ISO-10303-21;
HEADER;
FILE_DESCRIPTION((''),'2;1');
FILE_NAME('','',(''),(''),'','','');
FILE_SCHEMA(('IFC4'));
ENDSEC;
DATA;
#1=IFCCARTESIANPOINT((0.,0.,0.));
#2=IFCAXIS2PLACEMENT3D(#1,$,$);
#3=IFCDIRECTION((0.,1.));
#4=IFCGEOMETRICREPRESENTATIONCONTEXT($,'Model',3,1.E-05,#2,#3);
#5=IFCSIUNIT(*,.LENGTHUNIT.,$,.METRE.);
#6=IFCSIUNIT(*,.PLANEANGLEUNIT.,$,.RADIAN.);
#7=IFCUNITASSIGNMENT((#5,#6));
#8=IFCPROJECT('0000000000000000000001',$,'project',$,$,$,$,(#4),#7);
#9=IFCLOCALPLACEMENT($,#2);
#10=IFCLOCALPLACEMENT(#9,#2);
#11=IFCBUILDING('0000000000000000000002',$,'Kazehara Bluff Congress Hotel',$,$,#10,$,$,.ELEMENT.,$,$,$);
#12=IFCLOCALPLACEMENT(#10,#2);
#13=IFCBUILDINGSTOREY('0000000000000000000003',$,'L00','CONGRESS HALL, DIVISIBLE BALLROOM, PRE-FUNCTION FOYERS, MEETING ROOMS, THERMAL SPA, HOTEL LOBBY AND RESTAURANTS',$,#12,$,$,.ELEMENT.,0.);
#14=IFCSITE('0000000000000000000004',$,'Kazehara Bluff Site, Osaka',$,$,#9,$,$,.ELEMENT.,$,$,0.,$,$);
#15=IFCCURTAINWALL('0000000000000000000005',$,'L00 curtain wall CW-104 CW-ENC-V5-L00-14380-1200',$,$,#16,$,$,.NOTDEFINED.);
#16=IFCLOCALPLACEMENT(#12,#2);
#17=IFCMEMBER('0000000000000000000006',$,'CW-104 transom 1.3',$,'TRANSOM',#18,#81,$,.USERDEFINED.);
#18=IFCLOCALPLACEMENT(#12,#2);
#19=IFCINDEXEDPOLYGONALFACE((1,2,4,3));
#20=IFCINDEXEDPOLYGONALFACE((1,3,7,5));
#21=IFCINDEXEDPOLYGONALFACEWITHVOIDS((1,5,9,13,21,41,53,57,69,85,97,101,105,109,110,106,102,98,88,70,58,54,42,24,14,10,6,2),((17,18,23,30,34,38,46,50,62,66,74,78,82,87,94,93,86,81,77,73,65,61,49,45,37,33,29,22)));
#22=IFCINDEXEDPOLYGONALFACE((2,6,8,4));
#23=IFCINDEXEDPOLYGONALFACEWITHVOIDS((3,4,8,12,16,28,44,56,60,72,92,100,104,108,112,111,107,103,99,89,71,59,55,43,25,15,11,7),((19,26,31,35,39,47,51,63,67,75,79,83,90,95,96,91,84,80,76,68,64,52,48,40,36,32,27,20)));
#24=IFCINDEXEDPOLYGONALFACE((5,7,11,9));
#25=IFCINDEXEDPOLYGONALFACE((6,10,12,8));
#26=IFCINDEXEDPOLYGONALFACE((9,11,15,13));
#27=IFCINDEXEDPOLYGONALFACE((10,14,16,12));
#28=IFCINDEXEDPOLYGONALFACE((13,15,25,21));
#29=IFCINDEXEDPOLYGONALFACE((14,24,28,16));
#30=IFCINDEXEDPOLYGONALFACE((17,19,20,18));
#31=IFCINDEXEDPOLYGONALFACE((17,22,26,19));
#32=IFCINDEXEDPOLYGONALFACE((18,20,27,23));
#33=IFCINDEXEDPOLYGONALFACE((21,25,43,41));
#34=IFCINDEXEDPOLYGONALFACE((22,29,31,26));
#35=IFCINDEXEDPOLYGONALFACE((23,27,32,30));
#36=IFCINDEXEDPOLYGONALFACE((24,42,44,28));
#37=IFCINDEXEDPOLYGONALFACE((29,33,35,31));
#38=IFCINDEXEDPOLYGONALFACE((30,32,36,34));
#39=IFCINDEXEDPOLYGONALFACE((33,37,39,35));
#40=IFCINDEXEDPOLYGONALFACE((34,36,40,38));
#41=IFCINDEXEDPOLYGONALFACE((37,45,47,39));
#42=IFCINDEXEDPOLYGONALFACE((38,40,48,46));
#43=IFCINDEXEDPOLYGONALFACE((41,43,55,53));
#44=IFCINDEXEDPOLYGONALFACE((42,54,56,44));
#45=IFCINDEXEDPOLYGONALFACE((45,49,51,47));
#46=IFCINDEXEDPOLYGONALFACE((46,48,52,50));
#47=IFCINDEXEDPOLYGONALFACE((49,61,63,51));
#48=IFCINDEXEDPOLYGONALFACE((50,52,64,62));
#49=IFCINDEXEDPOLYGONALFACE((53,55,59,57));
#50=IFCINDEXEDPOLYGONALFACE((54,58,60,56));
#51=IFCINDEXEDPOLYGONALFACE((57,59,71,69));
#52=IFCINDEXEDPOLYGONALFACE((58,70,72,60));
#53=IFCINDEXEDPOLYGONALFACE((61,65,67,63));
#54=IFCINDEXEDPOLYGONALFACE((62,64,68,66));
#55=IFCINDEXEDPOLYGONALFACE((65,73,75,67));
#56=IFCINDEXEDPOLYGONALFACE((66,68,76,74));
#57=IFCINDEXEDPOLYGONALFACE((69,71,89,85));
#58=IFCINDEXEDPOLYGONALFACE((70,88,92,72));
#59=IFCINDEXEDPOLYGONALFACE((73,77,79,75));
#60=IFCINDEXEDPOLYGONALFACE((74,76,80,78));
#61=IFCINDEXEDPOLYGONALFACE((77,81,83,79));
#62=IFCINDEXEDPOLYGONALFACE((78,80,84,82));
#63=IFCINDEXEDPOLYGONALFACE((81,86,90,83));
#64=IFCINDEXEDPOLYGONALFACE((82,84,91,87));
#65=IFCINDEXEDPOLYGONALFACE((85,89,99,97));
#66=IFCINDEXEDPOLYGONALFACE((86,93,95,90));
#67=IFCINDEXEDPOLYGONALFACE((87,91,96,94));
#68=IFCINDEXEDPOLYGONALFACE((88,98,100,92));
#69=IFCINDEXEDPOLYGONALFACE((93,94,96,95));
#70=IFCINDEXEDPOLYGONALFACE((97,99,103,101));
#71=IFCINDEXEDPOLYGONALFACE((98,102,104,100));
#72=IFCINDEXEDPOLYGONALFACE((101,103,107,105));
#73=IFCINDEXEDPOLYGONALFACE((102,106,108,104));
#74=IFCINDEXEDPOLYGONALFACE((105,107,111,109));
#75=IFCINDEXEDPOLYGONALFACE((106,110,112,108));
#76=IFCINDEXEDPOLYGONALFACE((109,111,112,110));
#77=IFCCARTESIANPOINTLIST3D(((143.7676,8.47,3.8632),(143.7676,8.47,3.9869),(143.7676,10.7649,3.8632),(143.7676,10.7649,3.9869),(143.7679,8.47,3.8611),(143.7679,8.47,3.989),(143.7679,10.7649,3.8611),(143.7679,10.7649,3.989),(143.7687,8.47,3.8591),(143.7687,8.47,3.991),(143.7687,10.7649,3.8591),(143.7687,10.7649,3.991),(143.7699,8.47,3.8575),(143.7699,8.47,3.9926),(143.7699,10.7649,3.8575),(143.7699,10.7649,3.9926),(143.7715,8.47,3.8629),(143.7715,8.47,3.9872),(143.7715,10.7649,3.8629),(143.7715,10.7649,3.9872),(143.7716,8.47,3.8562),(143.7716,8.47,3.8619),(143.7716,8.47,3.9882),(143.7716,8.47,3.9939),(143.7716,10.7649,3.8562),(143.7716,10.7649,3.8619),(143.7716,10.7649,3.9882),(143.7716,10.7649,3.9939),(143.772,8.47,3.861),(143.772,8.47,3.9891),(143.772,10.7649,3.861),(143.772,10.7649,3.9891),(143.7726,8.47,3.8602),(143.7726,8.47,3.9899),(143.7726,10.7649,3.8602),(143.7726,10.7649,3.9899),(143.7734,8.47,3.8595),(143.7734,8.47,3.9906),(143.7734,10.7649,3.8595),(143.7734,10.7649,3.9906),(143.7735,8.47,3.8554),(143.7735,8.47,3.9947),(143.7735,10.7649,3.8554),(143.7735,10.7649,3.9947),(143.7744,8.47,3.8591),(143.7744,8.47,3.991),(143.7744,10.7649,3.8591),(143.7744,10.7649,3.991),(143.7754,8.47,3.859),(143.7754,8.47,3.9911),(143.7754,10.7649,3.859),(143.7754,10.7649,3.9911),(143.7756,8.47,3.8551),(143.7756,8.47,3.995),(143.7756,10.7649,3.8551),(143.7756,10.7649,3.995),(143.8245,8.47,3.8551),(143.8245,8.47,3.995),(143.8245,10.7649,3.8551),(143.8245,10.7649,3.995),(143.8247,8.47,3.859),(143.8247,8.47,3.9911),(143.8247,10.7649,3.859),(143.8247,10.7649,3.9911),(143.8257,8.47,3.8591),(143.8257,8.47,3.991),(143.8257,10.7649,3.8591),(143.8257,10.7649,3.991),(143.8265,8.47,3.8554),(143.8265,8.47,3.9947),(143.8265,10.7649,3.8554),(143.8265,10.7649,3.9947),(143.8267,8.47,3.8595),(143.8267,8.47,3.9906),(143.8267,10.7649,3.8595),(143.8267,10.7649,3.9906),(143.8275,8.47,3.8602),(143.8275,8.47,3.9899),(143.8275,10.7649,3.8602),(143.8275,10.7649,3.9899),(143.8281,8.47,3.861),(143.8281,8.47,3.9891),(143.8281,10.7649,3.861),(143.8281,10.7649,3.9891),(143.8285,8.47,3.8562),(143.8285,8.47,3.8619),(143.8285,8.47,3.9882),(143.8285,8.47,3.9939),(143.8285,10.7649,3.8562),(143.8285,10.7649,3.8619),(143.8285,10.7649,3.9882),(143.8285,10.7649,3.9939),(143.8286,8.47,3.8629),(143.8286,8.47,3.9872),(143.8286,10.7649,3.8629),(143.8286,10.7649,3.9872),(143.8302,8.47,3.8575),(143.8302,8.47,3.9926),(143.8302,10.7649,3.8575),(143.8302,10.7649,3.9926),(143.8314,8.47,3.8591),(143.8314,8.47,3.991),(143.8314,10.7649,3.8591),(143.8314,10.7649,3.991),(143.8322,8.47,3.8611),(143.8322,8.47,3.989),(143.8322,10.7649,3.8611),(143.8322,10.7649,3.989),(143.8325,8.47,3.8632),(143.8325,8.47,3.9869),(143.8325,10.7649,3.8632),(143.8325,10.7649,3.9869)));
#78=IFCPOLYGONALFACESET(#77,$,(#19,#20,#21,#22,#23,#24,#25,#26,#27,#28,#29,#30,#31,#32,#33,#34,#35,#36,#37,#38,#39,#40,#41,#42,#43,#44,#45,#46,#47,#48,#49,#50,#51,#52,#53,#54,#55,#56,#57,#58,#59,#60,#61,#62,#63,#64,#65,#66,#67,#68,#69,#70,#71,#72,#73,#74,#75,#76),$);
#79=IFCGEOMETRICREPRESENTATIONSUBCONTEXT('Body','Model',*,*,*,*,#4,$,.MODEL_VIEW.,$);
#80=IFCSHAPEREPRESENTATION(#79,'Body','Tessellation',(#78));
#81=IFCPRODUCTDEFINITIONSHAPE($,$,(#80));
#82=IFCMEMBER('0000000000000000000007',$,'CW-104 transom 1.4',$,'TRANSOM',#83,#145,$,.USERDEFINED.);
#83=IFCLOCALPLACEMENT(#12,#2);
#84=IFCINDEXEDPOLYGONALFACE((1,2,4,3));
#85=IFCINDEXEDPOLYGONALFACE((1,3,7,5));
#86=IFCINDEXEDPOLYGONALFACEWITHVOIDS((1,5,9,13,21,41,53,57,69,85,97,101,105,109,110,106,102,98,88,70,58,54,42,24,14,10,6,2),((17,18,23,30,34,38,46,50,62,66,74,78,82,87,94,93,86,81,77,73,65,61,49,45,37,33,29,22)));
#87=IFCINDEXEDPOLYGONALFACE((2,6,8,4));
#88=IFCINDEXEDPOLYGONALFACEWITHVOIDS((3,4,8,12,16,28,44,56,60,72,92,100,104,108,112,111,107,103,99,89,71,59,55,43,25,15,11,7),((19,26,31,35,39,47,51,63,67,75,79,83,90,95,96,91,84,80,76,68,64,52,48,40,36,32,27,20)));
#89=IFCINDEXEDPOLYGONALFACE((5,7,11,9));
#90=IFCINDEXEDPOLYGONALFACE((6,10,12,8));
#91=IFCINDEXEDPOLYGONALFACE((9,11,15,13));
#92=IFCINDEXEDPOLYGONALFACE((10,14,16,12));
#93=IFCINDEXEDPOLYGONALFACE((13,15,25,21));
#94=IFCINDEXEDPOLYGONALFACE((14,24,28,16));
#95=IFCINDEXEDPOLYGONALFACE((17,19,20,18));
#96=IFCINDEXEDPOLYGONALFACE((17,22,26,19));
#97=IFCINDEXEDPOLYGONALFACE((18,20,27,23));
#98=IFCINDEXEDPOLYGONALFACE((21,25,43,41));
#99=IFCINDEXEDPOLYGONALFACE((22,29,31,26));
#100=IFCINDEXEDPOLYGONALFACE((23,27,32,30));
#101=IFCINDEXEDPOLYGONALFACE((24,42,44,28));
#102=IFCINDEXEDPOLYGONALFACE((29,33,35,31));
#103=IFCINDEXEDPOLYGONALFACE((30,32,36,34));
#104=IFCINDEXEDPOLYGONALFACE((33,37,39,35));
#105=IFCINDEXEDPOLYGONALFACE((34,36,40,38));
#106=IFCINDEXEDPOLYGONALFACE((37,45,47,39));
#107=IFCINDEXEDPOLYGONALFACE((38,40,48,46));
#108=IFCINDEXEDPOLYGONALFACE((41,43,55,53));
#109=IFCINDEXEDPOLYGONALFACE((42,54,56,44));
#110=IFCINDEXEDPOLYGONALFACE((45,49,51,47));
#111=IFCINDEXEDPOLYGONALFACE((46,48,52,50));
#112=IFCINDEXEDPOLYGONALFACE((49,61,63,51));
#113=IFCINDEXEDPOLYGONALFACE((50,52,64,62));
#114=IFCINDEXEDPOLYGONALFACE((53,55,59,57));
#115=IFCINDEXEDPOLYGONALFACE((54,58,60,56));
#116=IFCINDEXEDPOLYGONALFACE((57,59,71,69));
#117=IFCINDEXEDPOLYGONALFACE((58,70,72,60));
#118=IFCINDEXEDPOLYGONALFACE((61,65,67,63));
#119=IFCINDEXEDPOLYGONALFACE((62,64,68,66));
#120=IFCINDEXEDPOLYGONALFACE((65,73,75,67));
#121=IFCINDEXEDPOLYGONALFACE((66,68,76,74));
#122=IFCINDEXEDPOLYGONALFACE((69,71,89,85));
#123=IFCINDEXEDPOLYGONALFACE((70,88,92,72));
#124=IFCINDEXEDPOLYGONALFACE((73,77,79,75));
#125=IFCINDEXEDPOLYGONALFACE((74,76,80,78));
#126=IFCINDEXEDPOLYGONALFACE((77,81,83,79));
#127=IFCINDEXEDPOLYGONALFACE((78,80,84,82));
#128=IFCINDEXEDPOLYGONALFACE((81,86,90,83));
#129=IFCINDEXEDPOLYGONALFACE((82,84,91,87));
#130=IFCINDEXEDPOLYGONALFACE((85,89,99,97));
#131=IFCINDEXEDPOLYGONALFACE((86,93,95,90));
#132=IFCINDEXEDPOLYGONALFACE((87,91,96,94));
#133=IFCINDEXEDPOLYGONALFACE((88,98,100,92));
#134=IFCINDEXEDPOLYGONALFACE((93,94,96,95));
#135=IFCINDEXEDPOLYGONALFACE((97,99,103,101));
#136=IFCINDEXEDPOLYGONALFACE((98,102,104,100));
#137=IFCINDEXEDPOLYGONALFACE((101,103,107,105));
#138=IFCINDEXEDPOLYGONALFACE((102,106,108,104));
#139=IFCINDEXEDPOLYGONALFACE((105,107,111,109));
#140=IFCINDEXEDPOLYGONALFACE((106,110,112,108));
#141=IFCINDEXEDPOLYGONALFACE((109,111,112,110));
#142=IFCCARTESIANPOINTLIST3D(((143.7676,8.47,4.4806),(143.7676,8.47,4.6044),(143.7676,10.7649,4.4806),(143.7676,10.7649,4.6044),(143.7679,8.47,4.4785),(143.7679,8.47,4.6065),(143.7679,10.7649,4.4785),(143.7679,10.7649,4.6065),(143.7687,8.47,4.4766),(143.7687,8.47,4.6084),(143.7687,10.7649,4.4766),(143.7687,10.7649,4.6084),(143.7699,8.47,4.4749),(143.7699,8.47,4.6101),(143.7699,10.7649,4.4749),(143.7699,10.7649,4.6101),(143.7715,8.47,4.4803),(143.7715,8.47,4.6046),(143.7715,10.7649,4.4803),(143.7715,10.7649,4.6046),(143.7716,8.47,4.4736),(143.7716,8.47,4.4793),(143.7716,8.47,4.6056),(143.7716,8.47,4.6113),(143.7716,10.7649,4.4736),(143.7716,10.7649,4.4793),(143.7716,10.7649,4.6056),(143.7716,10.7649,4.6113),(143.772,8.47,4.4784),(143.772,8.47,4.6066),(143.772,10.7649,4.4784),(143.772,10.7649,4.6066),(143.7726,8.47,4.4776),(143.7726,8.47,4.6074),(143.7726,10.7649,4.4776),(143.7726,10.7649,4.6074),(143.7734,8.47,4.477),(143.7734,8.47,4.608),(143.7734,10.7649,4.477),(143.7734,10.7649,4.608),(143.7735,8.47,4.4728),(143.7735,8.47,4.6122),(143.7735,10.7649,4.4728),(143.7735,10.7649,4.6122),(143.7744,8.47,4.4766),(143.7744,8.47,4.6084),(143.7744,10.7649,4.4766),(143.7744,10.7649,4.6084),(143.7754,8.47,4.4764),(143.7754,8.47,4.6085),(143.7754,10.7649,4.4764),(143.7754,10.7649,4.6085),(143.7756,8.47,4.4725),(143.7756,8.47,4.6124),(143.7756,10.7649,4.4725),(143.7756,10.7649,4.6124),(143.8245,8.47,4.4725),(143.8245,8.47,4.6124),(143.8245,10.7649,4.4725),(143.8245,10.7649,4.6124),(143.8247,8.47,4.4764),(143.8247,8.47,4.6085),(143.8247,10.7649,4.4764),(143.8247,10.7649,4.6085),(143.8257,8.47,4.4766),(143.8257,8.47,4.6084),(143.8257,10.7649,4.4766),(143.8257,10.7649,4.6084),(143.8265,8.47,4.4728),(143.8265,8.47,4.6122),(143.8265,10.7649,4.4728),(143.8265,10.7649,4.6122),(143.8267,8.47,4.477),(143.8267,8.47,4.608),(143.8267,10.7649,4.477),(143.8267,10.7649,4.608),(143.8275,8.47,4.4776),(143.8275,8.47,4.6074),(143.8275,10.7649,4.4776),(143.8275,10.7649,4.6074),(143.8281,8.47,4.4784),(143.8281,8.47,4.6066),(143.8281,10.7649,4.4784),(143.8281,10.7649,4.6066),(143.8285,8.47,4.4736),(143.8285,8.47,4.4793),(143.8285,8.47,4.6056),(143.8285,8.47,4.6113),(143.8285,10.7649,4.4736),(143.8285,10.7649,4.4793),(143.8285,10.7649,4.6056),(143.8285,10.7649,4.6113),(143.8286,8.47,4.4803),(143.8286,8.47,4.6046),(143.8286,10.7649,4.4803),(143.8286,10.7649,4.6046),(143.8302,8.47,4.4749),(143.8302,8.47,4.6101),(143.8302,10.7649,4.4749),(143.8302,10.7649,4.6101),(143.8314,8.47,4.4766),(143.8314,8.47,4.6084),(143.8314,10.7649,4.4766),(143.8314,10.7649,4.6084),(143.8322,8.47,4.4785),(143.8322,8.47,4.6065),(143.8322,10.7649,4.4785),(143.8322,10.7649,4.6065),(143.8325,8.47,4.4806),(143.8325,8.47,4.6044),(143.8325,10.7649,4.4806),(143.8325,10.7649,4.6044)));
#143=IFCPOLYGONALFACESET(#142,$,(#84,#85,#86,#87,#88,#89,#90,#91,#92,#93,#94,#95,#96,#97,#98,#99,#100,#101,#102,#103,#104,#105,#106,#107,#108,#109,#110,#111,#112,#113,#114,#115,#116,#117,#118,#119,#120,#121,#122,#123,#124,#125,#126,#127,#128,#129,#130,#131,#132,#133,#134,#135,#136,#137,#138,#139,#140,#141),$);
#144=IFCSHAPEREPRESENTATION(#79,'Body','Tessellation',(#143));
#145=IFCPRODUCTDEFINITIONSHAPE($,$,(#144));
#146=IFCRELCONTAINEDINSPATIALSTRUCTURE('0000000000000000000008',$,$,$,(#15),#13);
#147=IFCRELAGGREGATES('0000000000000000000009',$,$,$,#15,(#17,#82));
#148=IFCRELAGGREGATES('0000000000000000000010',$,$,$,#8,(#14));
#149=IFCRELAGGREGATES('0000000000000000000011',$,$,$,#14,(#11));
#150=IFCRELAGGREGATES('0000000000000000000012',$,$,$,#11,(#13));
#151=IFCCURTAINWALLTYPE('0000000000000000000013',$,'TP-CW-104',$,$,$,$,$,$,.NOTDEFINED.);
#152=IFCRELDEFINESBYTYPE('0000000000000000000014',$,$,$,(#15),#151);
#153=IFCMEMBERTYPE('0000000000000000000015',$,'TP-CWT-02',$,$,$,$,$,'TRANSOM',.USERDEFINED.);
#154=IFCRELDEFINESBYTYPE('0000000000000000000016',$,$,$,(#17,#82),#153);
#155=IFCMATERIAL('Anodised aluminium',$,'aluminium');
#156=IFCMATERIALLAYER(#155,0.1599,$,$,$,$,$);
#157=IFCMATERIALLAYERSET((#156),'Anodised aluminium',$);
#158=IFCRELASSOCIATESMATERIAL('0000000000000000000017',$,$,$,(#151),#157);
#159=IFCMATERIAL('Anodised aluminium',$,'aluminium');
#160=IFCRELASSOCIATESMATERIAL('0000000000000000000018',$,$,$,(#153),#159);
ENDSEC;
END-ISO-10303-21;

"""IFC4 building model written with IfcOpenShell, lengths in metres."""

from ifc_helpers import new_model, si_unit, direction, frame, origin, origin_2d, place, context, subcontext, project, spatial, hollow_rectangle, extrude, material, layer, layer_set, material_profile, profile_set, type_object, element, aggregate, save


model = new_model("IFC4")

# Units and contexts
model_context = context("Model", 3, precision=1e-05, world=origin(), true_north=direction((0.0, 1.0)))
body_context = subcontext(model_context, "Body", "Model", "MODEL_VIEW")
ifc_project = project(units=[si_unit("LENGTHUNIT", "METRE"), si_unit("PLANEANGLEUNIT", "RADIAN")], contexts=[model_context])

# Site, building, storey
site_placement = place(None, origin())
site = spatial("IfcSite", under=ifc_project, at=site_placement, Name="Kazehara Bluff Site, Osaka", CompositionType="ELEMENT", RefElevation=0.0)
building_placement = place(site_placement, origin())
building = spatial("IfcBuilding", under=site, at=building_placement, Name="Kazehara Bluff Congress Hotel", CompositionType="ELEMENT")
storey_placement = place(building_placement, origin())
storey = spatial("IfcBuildingStorey", under=building, at=storey_placement, Name="L00", Description="CONGRESS HALL, DIVISIBLE BALLROOM, PRE-FUNCTION FOYERS, MEETING ROOMS, THERMAL SPA, HOTEL LOBBY AND RESTAURANTS", CompositionType="ELEMENT", Elevation=0.0)

# Curtain wall, members
ifc_material_1 = material(Name="Anodised aluminium", Category="aluminium")
ifc_layer_1 = layer(ifc_material_1, 0.1599)
ifc_layer_set_1 = layer_set([ifc_layer_1], Name="Anodised aluminium")
curtain_wall_type = type_object("IfcCurtainWallType", Name="TP-CW-104", PredefinedType="NOTDEFINED", material=ifc_layer_set_1)
curtain_wall_placement = place(storey_placement, origin())
curtain_wall = element("IfcCurtainWall", 1, at=curtain_wall_placement, inside=storey, type_object=curtain_wall_type, Name="L00 curtain wall CW-104 CW-ENC-V5-L00-14380-1200", PredefinedType="NOTDEFINED")
ifc_material_2 = material(Name="Anodised aluminium", Category="aluminium")
ifc_material_profile_1 = material_profile(ifc_material_2, hollow_rectangle(XDim=0.0649, YDim=0.1399, WallThickness=0.0039, InnerFilletRadius=0.0039, OuterFilletRadius=0.0081, at=origin_2d()))
ifc_profile_set_1 = profile_set([ifc_material_profile_1], Name="Anodised aluminium")
member_type_1 = type_object("IfcMemberType", Name="TP-CWT-02", ElementType="TRANSOM", PredefinedType="USERDEFINED", material=ifc_profile_set_1)
member_1_placement = place(storey_placement, frame((143.8, 8.47, 3.925), z_axis=(0.0, 1.0, 0.0), x_axis=(-1.0, 0.0, 0.0)))
member_1 = element("IfcMember", 2, at=member_1_placement, type_object=member_type_1, Name="CW-104 transom 1.3", ObjectType="TRANSOM", PredefinedType="USERDEFINED", context=body_context, shape_type="SweptSolid", body=[
    extrude(hollow_rectangle(XDim=0.0649, YDim=0.1399, WallThickness=0.0039, InnerFilletRadius=0.0039, OuterFilletRadius=0.0081, at=origin_2d()), origin(), (0.0, 0.0, 1.0), 2.2949),
])
member_2_placement = place(storey_placement, frame((143.8, 8.47, 4.5425), z_axis=(0.0, 1.0, 0.0), x_axis=(-1.0, 0.0, 0.0)))
member_2 = element("IfcMember", 3, at=member_2_placement, type_object=member_type_1, Name="CW-104 transom 1.4", ObjectType="TRANSOM", PredefinedType="USERDEFINED", context=body_context, shape_type="SweptSolid", body=[
    extrude(hollow_rectangle(XDim=0.0649, YDim=0.1399, WallThickness=0.0039, InnerFilletRadius=0.0039, OuterFilletRadius=0.0081, at=origin_2d()), origin(), (0.0, 0.0, 1.0), 2.2949),
])

aggregate(curtain_wall, [member_1, member_2])

save(model, "model.ifc")
